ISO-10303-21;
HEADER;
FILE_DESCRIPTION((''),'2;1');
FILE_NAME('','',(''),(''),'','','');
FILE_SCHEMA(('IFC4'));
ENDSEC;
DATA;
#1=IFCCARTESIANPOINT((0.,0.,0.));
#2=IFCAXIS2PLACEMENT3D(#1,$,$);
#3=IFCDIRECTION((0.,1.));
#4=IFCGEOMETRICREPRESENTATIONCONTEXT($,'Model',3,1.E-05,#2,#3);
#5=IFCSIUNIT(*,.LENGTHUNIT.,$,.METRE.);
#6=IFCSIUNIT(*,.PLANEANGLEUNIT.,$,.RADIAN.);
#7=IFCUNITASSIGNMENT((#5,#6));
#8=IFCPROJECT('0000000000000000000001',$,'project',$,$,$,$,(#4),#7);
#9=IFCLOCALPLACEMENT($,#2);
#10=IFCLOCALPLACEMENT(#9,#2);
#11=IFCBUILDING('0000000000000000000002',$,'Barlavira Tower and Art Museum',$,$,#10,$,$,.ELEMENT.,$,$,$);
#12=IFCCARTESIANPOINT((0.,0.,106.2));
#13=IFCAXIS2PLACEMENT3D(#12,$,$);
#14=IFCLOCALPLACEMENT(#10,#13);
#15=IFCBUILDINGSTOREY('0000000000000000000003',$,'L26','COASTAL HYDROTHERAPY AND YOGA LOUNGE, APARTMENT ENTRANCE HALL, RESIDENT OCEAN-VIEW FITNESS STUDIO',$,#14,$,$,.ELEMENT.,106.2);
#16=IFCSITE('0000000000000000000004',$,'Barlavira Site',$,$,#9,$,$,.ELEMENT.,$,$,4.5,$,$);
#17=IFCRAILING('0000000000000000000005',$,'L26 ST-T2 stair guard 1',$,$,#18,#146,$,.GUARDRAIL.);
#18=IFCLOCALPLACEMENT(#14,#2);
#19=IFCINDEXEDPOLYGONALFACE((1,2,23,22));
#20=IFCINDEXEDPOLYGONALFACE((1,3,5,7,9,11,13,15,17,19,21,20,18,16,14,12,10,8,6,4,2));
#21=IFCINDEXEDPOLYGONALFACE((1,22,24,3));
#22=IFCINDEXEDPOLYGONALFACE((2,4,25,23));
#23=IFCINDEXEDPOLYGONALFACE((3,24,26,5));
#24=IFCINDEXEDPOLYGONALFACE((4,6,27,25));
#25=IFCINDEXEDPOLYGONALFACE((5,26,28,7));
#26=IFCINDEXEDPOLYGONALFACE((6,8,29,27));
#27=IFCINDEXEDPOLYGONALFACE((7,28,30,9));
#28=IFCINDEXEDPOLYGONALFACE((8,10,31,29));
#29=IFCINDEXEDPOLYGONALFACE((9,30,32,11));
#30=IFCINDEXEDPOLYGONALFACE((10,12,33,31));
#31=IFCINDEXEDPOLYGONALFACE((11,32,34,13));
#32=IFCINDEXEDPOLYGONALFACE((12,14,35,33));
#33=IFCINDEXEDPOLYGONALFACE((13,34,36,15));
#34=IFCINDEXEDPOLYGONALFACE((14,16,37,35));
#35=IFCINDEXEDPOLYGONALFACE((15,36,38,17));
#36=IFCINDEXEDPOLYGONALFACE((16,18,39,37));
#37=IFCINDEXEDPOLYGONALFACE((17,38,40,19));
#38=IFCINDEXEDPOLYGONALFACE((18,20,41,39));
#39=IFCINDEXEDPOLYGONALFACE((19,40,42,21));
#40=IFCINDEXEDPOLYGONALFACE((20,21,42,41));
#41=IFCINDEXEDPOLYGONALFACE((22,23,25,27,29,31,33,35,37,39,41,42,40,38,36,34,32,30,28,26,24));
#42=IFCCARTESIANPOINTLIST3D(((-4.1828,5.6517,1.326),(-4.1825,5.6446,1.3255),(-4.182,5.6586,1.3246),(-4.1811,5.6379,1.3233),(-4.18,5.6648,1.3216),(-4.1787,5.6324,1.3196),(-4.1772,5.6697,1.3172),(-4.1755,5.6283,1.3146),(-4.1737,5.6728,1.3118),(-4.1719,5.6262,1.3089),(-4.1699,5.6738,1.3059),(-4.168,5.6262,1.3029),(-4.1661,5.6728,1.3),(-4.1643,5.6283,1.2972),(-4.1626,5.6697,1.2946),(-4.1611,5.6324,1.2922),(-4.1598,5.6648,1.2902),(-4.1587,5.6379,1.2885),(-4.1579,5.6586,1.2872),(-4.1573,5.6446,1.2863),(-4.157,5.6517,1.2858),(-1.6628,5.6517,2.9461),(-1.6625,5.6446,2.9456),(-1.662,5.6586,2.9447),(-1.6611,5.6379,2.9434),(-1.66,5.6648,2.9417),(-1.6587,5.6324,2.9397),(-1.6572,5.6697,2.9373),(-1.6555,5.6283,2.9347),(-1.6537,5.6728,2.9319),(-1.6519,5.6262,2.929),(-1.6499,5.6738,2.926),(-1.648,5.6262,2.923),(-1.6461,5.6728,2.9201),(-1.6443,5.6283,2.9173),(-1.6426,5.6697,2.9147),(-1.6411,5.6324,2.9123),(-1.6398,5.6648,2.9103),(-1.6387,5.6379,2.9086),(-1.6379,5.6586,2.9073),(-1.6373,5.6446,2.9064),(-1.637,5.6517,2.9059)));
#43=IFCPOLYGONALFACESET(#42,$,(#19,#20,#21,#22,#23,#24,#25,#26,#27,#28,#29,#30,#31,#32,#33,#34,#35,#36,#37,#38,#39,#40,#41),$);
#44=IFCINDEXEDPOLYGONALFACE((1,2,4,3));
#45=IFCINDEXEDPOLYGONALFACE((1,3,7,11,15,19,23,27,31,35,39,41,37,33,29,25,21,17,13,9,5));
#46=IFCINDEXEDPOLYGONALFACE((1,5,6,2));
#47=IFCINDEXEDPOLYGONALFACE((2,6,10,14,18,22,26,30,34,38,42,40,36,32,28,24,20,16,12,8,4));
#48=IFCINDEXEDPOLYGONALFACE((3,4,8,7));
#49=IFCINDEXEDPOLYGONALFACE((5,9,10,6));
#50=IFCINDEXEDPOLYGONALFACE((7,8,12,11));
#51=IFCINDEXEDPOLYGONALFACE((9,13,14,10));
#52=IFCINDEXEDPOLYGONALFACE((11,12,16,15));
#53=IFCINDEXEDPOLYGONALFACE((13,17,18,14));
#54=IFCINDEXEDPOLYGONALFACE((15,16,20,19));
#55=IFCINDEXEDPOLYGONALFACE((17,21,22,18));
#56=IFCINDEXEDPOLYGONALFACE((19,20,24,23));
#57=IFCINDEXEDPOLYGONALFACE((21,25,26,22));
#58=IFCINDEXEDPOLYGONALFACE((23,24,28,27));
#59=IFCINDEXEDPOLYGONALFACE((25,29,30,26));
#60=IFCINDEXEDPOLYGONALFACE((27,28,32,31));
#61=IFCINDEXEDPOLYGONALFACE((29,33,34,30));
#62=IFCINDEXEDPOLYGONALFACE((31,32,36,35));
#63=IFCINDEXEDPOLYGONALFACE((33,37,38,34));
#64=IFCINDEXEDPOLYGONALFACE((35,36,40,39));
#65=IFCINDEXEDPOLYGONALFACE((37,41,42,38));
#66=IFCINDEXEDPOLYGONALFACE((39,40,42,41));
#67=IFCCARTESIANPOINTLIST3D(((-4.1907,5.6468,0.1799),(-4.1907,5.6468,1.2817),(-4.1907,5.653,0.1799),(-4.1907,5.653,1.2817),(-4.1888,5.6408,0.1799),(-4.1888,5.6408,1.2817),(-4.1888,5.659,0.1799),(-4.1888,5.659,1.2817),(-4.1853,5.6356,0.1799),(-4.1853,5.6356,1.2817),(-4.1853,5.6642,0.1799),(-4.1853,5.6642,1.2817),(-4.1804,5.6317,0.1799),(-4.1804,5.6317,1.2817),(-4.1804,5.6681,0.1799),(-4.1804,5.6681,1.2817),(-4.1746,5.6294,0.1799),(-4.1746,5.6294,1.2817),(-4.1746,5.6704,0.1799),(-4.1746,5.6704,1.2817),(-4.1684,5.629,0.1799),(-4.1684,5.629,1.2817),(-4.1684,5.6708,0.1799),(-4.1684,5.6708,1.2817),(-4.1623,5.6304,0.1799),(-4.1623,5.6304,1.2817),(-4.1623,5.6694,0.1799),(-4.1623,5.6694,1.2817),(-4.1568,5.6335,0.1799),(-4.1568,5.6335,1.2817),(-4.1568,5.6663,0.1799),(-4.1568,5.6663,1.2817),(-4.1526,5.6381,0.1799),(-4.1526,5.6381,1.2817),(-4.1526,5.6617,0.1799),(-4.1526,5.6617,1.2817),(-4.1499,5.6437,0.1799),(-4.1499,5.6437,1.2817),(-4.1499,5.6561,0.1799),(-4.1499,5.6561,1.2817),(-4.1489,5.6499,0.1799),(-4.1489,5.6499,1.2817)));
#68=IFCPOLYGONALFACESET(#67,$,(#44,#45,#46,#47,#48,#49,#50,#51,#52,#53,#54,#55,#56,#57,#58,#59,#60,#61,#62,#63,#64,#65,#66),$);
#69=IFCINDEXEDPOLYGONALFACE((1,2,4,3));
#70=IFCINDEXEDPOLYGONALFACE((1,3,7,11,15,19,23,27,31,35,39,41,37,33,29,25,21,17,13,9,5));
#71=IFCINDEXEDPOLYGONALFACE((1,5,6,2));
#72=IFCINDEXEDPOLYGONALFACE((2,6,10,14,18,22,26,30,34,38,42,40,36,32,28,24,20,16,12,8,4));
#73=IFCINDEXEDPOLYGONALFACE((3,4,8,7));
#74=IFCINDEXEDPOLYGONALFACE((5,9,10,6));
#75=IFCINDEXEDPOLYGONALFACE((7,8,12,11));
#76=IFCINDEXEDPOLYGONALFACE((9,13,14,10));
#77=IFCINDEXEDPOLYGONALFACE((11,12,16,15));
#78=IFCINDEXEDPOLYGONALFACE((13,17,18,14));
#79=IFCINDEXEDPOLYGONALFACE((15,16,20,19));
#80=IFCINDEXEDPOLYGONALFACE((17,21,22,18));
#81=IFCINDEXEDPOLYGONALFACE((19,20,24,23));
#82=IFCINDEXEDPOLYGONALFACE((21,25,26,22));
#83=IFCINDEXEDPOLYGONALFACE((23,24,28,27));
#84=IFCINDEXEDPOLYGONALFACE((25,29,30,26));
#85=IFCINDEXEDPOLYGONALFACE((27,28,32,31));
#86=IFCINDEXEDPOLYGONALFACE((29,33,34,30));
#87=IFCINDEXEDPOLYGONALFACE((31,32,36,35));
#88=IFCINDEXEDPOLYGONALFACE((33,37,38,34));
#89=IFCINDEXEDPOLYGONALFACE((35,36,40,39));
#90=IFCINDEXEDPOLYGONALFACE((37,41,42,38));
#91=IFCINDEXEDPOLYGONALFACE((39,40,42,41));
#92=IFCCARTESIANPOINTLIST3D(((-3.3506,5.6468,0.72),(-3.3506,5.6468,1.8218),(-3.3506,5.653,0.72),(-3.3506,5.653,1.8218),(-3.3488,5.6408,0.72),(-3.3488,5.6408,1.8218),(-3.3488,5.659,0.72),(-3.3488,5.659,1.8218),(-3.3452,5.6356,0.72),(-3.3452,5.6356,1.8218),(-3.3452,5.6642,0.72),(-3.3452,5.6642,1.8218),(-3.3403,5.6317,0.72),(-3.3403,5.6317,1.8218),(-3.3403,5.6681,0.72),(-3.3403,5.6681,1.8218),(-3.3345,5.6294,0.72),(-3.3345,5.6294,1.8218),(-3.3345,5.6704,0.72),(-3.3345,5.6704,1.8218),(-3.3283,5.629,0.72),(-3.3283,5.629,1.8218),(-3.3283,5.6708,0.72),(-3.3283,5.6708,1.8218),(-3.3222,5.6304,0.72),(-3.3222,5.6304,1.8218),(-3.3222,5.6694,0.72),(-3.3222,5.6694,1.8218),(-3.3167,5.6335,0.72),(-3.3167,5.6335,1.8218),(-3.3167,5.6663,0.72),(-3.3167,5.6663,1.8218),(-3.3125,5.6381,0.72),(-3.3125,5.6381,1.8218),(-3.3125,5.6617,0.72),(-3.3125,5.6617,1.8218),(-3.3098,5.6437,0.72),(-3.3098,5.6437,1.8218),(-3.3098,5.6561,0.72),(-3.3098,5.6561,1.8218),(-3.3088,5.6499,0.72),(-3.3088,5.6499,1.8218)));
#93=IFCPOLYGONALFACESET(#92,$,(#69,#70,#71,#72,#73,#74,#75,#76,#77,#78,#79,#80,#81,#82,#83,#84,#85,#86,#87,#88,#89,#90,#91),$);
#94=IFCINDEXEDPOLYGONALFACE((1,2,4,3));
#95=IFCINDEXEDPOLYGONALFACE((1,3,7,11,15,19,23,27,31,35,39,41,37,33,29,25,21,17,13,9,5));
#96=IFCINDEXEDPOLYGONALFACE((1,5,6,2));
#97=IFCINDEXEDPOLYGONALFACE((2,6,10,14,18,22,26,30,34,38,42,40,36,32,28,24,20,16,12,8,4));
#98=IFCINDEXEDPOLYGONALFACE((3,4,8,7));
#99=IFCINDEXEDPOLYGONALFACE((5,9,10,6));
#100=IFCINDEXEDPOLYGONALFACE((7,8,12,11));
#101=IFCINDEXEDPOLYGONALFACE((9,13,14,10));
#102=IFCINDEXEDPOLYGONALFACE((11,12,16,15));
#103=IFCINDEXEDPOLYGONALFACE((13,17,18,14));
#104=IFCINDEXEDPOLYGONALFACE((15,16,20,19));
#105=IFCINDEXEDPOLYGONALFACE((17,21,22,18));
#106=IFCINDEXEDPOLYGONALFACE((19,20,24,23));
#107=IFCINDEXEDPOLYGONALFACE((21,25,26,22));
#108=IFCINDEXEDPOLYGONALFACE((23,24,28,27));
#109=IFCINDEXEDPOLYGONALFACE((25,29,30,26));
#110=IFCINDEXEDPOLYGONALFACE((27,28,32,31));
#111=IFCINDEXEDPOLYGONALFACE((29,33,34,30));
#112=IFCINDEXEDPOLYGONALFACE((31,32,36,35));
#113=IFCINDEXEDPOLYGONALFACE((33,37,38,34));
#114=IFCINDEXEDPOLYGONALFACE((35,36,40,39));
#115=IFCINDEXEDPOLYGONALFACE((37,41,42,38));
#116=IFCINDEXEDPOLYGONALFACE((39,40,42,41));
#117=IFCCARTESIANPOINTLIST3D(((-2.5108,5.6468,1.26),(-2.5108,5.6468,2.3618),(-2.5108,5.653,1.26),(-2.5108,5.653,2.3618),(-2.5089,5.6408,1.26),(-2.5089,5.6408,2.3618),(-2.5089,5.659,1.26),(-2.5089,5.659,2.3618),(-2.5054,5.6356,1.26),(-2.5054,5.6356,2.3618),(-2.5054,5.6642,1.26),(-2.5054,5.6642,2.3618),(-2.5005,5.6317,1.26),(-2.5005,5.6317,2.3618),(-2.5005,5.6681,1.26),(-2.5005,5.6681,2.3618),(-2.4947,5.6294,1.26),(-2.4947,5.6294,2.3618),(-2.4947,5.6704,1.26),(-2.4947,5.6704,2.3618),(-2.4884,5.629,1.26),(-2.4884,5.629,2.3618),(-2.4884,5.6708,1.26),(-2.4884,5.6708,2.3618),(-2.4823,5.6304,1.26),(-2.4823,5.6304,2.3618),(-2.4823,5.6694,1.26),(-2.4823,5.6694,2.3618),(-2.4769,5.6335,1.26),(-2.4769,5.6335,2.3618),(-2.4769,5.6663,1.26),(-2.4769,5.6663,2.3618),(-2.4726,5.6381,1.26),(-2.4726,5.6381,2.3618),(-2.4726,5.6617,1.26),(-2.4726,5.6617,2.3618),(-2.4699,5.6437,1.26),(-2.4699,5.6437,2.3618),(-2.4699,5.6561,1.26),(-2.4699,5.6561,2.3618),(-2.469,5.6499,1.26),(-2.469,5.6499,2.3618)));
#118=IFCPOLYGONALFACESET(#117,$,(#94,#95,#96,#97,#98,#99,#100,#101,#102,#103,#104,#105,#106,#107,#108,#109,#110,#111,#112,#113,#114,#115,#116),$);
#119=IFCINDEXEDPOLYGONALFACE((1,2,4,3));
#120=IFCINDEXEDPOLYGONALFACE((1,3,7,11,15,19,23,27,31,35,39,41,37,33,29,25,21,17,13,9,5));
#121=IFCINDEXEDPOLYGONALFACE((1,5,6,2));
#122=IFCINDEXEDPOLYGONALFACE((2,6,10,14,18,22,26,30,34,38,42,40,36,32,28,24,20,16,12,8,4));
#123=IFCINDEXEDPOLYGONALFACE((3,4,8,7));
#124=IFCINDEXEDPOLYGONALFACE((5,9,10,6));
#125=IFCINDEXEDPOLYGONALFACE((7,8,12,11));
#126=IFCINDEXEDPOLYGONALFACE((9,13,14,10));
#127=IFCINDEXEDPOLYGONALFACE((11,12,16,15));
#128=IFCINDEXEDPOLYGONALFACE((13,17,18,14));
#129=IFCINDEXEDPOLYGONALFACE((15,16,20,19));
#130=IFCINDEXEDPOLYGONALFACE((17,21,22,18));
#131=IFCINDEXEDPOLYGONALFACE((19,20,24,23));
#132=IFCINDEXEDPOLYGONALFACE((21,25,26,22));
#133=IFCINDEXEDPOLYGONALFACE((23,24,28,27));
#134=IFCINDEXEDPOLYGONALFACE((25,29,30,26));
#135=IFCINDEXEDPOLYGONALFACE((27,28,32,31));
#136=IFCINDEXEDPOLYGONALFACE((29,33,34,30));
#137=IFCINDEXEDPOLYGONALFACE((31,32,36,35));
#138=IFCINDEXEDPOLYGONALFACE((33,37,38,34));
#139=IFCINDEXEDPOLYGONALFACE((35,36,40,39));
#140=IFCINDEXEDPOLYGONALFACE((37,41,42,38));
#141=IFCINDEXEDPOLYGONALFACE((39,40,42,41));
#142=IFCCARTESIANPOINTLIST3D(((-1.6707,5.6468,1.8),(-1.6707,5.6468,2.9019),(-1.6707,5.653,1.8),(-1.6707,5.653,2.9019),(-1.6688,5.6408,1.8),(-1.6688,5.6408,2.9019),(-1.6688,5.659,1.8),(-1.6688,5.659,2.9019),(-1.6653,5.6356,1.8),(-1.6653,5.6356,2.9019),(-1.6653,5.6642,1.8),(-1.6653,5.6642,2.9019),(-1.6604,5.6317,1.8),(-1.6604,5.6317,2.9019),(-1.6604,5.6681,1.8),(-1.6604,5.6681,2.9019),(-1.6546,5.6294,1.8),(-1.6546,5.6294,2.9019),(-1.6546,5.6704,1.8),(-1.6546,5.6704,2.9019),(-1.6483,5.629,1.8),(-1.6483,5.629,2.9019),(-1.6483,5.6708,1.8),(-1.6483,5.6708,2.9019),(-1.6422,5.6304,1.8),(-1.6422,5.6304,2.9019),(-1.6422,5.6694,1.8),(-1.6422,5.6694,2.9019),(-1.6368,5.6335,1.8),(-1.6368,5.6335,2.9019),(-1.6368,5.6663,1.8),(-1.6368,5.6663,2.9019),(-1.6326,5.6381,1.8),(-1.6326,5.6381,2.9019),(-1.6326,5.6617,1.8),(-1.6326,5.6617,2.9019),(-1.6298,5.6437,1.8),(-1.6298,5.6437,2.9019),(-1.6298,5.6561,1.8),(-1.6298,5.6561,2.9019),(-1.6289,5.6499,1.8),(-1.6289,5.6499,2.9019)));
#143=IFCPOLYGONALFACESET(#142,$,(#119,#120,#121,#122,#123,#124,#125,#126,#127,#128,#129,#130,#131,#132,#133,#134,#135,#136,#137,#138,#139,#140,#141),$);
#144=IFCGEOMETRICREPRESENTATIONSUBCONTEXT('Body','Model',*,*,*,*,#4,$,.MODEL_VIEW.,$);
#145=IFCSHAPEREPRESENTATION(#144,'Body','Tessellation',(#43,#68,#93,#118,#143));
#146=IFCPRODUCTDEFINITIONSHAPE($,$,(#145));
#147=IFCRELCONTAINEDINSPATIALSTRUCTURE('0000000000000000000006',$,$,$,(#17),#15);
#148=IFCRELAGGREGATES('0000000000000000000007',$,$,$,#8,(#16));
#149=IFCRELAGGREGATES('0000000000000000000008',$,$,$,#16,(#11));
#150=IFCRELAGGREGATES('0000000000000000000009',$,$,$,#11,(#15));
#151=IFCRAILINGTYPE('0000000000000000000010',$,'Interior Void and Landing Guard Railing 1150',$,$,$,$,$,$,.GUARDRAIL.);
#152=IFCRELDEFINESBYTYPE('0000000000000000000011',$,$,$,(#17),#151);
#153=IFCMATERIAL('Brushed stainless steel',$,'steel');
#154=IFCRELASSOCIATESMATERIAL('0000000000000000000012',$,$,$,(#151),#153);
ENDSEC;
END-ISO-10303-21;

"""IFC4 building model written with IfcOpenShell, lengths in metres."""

from ifc_helpers import new_model, si_unit, direction, frame, origin, origin_2d, place, context, subcontext, project, spatial, circle, extrude, material, type_object, element, save


model = new_model("IFC4")

# Units and contexts
model_context = context("Model", 3, precision=1e-05, world=origin(), true_north=direction((0.0, 1.0)))
body_context = subcontext(model_context, "Body", "Model", "MODEL_VIEW")
ifc_project = project(units=[si_unit("LENGTHUNIT", "METRE"), si_unit("PLANEANGLEUNIT", "RADIAN")], contexts=[model_context])

# Site, building, storey
site_placement = place(None, origin())
site = spatial("IfcSite", under=ifc_project, at=site_placement, Name="Barlavira Site", CompositionType="ELEMENT", RefElevation=4.5)
building_placement = place(site_placement, origin())
building = spatial("IfcBuilding", under=site, at=building_placement, Name="Barlavira Tower and Art Museum", CompositionType="ELEMENT")
storey_placement = place(building_placement, frame((0.0, 0.0, 106.2)))
storey = spatial("IfcBuildingStorey", under=building, at=storey_placement, Name="L26", Description="COASTAL HYDROTHERAPY AND YOGA LOUNGE, APARTMENT ENTRANCE HALL, RESIDENT OCEAN-VIEW FITNESS STUDIO", CompositionType="ELEMENT", Elevation=106.2)

# Shared definitions
ifc_material_1 = material(Name="Brushed stainless steel", Category="steel")

# Railing
railing_type_1 = type_object("IfcRailingType", Name="Interior Void and Landing Guard Railing 1150", PredefinedType="GUARDRAIL", material=ifc_material_1)
railing_1_placement = place(storey_placement, frame((-4.1699, 5.6499, 0.1799)))
element("IfcRailing", 1, at=railing_1_placement, inside=storey, type_object=railing_type_1, Name="L26 ST-T2 stair guard 1", PredefinedType="GUARDRAIL", context=body_context, shape_type="SweptSolid", body=[
    extrude(circle(Radius=0.0239, at=origin_2d()), frame((0.0, 0.0, 1.126), z_axis=(0.841163, 0.0, 0.540782), x_axis=(0.0, 1.0, 0.0)), (0.0, 0.0, 1.0), 2.9958),
    extrude(circle(Radius=0.021, at=origin_2d()), origin(), (0.0, 0.0, 1.0), 1.1018),
    extrude(circle(Radius=0.021, at=origin_2d()), frame((0.8401, 0.0, 0.54)), (0.0, 0.0, 1.0), 1.1018),
    extrude(circle(Radius=0.021, at=origin_2d()), frame((1.6799, 0.0, 1.0801)), (0.0, 0.0, 1.0), 1.1018),
    extrude(circle(Radius=0.021, at=origin_2d()), frame((2.52, 0.0, 1.6201)), (0.0, 0.0, 1.0), 1.1018),
])

save(model, "model.ifc")
